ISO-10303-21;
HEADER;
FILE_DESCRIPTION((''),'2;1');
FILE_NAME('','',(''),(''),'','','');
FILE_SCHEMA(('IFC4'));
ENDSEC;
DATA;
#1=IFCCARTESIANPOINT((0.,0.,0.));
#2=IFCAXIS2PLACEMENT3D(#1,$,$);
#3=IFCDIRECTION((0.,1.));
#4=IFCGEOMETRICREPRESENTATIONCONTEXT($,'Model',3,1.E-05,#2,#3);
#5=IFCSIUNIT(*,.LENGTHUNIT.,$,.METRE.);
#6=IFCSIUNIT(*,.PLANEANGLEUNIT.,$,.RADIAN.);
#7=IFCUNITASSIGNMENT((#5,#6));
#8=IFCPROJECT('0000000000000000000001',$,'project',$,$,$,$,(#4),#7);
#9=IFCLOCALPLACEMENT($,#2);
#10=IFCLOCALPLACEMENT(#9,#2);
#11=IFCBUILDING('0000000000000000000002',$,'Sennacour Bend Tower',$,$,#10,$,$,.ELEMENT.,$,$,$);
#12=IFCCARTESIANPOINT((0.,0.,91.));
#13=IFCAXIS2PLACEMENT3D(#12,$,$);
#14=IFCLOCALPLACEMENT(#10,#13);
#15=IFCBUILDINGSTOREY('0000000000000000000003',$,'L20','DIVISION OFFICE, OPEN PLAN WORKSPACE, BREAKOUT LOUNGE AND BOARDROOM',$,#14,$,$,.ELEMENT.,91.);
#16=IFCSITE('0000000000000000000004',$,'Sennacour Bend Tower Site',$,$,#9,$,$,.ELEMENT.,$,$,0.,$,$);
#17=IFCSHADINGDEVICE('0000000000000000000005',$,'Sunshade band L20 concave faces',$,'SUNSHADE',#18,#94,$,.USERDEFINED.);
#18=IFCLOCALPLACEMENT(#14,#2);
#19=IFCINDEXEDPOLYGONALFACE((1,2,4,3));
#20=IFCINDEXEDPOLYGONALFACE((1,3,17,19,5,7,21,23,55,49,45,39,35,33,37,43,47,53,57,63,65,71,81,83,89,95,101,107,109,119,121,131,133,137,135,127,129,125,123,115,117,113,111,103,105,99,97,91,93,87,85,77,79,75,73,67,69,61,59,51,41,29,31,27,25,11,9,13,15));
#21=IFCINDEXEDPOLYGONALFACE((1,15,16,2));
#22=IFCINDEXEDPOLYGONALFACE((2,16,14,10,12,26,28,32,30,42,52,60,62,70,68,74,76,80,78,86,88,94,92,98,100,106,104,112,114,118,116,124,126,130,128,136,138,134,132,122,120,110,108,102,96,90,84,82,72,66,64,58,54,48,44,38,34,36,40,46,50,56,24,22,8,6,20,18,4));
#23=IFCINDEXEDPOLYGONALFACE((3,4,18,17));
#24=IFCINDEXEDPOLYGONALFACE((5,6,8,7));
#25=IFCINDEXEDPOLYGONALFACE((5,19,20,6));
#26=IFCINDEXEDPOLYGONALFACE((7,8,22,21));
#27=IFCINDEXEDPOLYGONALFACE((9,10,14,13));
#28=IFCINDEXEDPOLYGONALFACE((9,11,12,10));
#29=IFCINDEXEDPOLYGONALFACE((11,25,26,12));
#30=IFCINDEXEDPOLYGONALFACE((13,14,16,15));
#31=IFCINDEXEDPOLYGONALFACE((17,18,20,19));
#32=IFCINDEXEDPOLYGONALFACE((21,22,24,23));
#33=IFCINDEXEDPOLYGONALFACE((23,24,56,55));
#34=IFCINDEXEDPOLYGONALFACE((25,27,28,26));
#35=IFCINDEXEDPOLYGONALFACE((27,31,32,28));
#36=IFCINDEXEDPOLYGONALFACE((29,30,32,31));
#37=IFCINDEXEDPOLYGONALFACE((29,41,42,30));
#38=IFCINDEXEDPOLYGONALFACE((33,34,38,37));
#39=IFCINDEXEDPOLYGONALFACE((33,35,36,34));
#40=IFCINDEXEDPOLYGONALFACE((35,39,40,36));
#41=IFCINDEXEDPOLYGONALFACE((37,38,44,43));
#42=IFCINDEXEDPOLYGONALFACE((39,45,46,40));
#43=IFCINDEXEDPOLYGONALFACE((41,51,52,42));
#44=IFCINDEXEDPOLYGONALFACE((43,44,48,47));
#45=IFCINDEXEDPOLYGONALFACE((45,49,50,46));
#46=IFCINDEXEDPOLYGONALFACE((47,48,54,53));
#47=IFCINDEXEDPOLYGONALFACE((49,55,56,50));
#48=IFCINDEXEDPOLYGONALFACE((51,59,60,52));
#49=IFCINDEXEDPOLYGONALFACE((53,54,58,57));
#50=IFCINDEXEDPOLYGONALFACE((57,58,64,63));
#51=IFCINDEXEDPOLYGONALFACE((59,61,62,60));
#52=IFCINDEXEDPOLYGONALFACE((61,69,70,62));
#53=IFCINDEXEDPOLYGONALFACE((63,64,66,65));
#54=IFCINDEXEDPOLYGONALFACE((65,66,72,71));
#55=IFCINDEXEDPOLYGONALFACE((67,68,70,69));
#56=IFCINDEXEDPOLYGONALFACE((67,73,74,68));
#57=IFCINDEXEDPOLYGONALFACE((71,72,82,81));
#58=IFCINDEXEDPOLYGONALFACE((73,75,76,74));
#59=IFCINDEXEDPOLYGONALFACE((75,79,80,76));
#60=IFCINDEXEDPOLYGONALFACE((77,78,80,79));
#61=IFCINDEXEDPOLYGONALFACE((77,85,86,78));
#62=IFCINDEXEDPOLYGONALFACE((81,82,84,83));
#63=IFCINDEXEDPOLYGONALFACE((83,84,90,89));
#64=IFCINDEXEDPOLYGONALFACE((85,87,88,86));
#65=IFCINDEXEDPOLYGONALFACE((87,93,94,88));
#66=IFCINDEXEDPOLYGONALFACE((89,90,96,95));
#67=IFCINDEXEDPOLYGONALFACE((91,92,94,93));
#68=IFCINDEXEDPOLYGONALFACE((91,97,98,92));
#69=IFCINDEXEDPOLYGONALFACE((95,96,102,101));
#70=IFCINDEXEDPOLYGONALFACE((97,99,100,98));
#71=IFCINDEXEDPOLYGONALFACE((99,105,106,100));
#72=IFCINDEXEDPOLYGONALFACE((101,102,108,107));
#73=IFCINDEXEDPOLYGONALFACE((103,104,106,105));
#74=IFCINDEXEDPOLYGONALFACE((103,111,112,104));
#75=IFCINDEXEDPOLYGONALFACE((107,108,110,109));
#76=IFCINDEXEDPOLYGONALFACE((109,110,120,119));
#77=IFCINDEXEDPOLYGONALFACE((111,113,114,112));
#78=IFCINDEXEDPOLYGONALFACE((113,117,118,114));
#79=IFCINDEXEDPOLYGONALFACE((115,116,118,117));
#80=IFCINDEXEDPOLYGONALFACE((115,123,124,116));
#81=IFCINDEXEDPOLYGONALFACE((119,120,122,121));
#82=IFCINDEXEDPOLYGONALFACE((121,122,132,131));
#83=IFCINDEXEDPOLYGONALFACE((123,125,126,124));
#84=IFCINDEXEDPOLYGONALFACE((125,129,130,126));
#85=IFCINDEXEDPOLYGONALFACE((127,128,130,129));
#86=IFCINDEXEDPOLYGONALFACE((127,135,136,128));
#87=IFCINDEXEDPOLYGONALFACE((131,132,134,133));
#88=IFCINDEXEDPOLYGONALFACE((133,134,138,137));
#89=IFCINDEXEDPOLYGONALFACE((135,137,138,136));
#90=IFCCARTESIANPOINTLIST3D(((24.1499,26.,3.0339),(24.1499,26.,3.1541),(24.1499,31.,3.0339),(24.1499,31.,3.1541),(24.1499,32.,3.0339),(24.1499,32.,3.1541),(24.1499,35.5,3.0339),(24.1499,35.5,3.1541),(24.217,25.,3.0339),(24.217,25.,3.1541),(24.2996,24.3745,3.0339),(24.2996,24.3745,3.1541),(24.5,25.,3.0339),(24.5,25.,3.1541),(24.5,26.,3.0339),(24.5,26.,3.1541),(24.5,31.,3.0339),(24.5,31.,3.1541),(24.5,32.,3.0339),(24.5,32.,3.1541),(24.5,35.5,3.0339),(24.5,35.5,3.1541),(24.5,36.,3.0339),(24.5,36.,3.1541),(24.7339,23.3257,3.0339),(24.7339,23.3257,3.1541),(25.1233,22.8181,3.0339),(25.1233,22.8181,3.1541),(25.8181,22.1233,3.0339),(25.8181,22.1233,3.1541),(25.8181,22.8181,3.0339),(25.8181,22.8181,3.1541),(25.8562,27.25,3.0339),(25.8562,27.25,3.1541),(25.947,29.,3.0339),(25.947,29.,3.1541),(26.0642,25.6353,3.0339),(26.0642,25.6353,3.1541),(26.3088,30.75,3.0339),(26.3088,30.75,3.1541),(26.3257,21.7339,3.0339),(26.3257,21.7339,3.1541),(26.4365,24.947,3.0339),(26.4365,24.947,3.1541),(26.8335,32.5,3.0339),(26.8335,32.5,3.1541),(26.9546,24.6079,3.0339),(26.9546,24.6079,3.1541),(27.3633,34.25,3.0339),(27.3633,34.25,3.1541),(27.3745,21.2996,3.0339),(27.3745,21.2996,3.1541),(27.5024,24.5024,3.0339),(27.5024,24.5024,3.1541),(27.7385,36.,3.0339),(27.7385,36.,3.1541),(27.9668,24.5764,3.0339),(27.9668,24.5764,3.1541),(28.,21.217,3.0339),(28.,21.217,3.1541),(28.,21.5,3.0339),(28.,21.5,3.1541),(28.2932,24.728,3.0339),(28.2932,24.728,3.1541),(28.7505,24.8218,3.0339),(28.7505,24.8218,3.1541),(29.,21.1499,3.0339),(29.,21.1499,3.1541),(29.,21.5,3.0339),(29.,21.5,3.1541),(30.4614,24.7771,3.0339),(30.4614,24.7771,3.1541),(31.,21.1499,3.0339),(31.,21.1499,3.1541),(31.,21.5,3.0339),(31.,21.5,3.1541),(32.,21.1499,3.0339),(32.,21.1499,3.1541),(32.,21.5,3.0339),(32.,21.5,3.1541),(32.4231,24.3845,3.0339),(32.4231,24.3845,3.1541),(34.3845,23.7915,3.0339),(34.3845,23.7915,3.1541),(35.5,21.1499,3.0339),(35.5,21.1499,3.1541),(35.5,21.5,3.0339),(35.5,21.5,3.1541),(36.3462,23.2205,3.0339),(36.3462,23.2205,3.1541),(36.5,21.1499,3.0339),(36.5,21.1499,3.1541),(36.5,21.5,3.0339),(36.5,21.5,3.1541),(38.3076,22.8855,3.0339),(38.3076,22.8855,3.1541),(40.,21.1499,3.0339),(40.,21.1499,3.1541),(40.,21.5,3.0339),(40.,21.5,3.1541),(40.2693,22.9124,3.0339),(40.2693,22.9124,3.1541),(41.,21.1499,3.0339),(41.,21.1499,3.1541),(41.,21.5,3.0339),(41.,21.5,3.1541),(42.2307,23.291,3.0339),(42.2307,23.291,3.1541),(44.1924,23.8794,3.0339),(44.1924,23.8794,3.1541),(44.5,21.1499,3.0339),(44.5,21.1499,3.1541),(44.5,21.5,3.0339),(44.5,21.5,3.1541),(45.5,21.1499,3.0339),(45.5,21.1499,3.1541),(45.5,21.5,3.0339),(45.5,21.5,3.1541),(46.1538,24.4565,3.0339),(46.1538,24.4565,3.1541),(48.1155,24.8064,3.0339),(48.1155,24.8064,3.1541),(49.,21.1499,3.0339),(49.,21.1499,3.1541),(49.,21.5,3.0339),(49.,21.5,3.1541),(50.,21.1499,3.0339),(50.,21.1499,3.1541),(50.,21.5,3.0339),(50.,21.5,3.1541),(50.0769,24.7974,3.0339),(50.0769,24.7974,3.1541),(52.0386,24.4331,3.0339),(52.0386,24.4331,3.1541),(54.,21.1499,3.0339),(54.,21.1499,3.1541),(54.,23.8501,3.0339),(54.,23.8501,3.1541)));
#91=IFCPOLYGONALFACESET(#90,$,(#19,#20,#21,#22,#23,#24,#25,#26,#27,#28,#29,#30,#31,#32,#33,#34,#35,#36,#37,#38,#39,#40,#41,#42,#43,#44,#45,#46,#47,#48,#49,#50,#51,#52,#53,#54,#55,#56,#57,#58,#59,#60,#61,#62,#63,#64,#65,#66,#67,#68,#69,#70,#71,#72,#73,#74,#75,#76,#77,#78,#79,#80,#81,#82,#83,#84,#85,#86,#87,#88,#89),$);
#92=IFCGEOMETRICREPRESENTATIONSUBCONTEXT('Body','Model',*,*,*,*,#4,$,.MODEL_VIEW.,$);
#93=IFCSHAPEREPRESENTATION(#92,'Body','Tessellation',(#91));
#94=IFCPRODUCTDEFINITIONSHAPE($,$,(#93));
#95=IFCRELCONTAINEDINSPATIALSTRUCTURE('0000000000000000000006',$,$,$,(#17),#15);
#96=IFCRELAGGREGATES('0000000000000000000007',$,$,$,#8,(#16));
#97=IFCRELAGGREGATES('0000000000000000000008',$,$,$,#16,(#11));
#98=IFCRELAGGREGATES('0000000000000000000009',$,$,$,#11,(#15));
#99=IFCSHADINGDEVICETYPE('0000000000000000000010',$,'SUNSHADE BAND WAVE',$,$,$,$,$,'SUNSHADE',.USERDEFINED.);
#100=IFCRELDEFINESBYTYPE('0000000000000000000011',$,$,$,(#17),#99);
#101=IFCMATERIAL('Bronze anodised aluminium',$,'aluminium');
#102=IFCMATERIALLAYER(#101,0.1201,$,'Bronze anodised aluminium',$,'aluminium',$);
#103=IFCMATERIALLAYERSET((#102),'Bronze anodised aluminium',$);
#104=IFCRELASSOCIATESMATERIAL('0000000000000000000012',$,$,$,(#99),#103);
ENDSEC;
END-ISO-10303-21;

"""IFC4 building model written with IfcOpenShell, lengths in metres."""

from ifc_helpers import new_model, si_unit, direction, frame, origin, place, context, subcontext, project, spatial, polyline, outline, extrude, material, layer, layer_set, type_object, element, save


model = new_model("IFC4")

# Units and contexts
model_context = context("Model", 3, precision=1e-05, world=origin(), true_north=direction((0.0, 1.0)))
body_context = subcontext(model_context, "Body", "Model", "MODEL_VIEW")
ifc_project = project(units=[si_unit("LENGTHUNIT", "METRE"), si_unit("PLANEANGLEUNIT", "RADIAN")], contexts=[model_context])

# Site, building, storey
site_placement = place(None, origin())
site = spatial("IfcSite", under=ifc_project, at=site_placement, Name="Sennacour Bend Tower Site", CompositionType="ELEMENT", RefElevation=0.0)
building_placement = place(site_placement, origin())
building = spatial("IfcBuilding", under=site, at=building_placement, Name="Sennacour Bend Tower", CompositionType="ELEMENT")
storey_placement = place(building_placement, frame((0.0, 0.0, 91.0)))
storey = spatial("IfcBuildingStorey", under=building, at=storey_placement, Name="L20", Description="DIVISION OFFICE, OPEN PLAN WORKSPACE, BREAKOUT LOUNGE AND BOARDROOM", CompositionType="ELEMENT", Elevation=91.0)

# Shading device
ifc_material_1 = material(Name="Bronze anodised aluminium", Category="aluminium")
ifc_layer_1 = layer(ifc_material_1, 0.1201, Name="Bronze anodised aluminium", Category="aluminium")
ifc_layer_set_1 = layer_set([ifc_layer_1], Name="Bronze anodised aluminium")
shading_device_type_1 = type_object("IfcShadingDeviceType", Name="SUNSHADE BAND WAVE", ElementType="SUNSHADE", PredefinedType="USERDEFINED", material=ifc_layer_set_1)
shading_device_1_placement = place(storey_placement, frame((0.0, 0.0, 3.0339)))
element("IfcShadingDevice", 1, at=shading_device_1_placement, inside=storey, type_object=shading_device_type_1, Name="Sunshade band L20 concave faces", ObjectType="SUNSHADE", PredefinedType="USERDEFINED", context=body_context, shape_type="SweptSolid", body=[
    extrude(outline(polyline([(54.0, 21.1499), (50.0, 21.1499), (50.0, 21.5), (49.0, 21.5), (49.0, 21.1499), (45.5, 21.1499), (45.5, 21.5), (44.5, 21.5), (44.5, 21.1499), (41.0, 21.1499), (41.0, 21.5), (40.0, 21.5), (40.0, 21.1499), (36.5, 21.1499), (36.5, 21.5), (35.5, 21.5), (35.5, 21.1499), (32.0, 21.1499), (32.0, 21.5), (31.0, 21.5), (31.0, 21.1499), (29.0, 21.1499), (29.0, 21.5), (28.0, 21.5), (28.0, 21.217), (27.3745, 21.2996), (26.3257, 21.7339), (25.8181, 22.1233), (25.8181, 22.8181), (25.1233, 22.8181), (24.7339, 23.3257), (24.2996, 24.3745), (24.217, 25.0), (24.5, 25.0), (24.5, 26.0), (24.1499, 26.0), (24.1499, 31.0), (24.5, 31.0), (24.5, 32.0), (24.1499, 32.0), (24.1499, 35.5), (24.5, 35.5), (24.5, 36.0), (27.7385, 36.0), (27.3633, 34.25), (26.8335, 32.5), (26.3088, 30.75), (25.947, 29.0), (25.8562, 27.25), (26.0642, 25.6353), (26.4365, 24.947), (26.9546, 24.6079), (27.5024, 24.5024), (27.9668, 24.5764), (28.2932, 24.728), (28.7505, 24.8218), (30.4614, 24.7771), (32.4231, 24.3845), (34.3845, 23.7915), (36.3462, 23.2205), (38.3076, 22.8855), (40.2693, 22.9124), (42.2307, 23.291), (44.1924, 23.8794), (46.1538, 24.4565), (48.1155, 24.8064), (50.0769, 24.7974), (52.0386, 24.4331), (54.0, 23.8501), (54.0, 21.1499)])), origin(), (0.0, 0.0, 1.0), 0.1201),
])

save(model, "model.ifc")
